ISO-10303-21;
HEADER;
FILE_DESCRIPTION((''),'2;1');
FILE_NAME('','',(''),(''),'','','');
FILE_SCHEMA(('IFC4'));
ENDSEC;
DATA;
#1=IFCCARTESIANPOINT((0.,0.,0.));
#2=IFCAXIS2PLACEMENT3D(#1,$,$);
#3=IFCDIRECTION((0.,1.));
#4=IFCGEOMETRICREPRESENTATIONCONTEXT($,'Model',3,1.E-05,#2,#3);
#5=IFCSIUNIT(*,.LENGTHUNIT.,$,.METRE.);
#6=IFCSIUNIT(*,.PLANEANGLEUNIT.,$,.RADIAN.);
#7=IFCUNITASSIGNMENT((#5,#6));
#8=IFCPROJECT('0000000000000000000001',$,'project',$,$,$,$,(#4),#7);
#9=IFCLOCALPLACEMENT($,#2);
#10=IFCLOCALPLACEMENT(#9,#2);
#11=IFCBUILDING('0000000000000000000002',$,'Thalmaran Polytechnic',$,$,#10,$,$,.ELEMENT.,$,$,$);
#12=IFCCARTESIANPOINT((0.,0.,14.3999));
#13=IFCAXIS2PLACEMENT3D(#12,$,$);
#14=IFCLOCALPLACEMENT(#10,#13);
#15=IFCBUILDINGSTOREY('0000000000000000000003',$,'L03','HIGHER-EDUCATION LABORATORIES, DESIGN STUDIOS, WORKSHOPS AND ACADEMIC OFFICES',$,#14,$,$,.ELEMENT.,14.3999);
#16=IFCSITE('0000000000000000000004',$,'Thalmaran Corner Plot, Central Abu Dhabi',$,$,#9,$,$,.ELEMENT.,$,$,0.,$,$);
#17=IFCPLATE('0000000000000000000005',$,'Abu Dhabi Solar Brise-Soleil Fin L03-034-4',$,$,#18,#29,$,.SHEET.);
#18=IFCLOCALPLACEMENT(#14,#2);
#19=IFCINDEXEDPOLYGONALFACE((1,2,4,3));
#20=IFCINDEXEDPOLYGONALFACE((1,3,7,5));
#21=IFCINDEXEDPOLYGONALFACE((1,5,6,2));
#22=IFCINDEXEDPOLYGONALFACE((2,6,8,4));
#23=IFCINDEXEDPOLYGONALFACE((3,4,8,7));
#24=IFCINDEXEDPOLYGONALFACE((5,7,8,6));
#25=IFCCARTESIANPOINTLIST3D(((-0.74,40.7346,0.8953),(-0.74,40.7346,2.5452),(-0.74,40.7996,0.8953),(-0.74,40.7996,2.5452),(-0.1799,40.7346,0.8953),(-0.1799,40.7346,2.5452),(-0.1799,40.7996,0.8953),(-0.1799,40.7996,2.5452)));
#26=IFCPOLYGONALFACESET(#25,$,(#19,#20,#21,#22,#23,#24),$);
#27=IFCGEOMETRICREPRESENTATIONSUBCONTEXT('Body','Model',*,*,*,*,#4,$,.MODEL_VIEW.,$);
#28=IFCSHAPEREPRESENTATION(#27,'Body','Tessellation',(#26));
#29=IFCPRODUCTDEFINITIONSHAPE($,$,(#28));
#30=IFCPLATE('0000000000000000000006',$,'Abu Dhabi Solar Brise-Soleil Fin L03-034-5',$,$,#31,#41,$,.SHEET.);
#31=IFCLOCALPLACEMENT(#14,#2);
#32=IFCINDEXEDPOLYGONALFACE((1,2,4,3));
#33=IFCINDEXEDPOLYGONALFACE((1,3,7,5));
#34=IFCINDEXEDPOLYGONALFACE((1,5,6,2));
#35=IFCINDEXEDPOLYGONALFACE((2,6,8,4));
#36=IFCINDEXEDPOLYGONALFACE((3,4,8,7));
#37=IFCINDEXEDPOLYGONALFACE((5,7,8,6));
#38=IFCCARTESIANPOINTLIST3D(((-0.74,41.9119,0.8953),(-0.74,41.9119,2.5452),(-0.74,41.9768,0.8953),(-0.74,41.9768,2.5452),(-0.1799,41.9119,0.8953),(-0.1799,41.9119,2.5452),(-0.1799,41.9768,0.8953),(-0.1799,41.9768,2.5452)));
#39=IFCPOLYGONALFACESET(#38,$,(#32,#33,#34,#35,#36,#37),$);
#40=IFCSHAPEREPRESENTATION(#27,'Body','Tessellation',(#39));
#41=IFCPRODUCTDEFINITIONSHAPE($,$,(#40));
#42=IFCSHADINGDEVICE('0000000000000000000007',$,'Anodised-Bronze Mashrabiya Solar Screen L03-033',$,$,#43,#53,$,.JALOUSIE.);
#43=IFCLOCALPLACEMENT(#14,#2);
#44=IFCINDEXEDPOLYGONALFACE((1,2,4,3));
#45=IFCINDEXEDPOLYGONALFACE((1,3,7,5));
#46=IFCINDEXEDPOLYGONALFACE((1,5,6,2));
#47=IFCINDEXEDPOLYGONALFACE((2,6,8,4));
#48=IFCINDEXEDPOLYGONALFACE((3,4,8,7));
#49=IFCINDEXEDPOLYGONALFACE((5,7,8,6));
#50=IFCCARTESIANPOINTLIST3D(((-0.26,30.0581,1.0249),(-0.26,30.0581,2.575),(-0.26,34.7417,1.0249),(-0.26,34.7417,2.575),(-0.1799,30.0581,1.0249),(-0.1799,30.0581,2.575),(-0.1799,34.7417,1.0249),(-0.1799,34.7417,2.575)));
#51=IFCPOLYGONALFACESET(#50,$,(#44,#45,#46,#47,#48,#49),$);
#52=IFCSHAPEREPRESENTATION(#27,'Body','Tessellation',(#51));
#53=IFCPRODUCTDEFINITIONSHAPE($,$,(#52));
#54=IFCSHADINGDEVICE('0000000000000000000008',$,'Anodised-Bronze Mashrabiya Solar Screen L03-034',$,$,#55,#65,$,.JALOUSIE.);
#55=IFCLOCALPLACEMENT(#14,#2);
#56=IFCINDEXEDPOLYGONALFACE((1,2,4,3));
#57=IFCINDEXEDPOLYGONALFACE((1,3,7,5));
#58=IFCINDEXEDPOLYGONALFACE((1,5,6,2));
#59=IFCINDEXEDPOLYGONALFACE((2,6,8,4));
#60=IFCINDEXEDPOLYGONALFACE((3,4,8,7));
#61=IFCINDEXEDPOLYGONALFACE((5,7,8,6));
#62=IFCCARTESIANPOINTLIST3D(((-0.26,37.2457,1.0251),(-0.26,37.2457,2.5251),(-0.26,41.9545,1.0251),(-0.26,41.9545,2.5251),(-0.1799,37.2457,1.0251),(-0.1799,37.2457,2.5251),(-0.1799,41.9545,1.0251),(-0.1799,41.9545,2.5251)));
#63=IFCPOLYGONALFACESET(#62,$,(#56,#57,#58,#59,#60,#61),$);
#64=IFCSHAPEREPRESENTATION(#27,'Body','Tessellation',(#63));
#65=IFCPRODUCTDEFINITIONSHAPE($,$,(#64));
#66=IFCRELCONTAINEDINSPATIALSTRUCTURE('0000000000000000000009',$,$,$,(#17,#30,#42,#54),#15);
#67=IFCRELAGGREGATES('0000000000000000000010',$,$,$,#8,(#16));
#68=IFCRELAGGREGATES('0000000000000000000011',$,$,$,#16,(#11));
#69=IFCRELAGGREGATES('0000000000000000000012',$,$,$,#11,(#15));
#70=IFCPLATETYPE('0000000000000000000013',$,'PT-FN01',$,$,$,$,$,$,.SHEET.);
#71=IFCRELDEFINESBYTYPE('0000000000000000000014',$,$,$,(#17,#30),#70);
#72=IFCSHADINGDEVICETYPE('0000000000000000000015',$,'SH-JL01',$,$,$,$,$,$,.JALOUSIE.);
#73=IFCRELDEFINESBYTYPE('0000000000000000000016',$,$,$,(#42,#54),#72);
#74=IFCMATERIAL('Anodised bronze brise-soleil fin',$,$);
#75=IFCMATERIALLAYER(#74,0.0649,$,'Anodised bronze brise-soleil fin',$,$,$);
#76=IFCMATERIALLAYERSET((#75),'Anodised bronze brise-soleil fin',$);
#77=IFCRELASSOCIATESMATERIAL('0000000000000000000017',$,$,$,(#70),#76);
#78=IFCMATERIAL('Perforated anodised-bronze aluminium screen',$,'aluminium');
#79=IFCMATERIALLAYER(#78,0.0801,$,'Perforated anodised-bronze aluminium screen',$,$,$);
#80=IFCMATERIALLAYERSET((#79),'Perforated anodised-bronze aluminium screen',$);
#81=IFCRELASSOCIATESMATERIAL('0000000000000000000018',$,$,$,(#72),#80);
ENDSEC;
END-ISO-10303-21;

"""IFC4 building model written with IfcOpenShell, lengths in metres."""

from ifc_helpers import new_model, si_unit, direction, frame, origin, origin_2d, place, context, subcontext, project, spatial, rectangle, extrude, material, layer, layer_set, type_object, element, save


model = new_model("IFC4")

# Units and contexts
model_context = context("Model", 3, precision=1e-05, world=origin(), true_north=direction((0.0, 1.0)))
body_context = subcontext(model_context, "Body", "Model", "MODEL_VIEW")
ifc_project = project(units=[si_unit("LENGTHUNIT", "METRE"), si_unit("PLANEANGLEUNIT", "RADIAN")], contexts=[model_context])

# Site, building, storey
site_placement = place(None, origin())
site = spatial("IfcSite", under=ifc_project, at=site_placement, Name="Thalmaran Corner Plot, Central Abu Dhabi", CompositionType="ELEMENT", RefElevation=0.0)
building_placement = place(site_placement, origin())
building = spatial("IfcBuilding", under=site, at=building_placement, Name="Thalmaran Polytechnic", CompositionType="ELEMENT")
storey_placement = place(building_placement, frame((0.0, 0.0, 14.3999)))
storey = spatial("IfcBuildingStorey", under=building, at=storey_placement, Name="L03", Description="HIGHER-EDUCATION LABORATORIES, DESIGN STUDIOS, WORKSHOPS AND ACADEMIC OFFICES", CompositionType="ELEMENT", Elevation=14.3999)

# Plates
ifc_material_1 = material(Name="Anodised bronze brise-soleil fin")
ifc_layer_1 = layer(ifc_material_1, 0.0649, Name="Anodised bronze brise-soleil fin")
ifc_layer_set_1 = layer_set([ifc_layer_1], Name="Anodised bronze brise-soleil fin")
plate_type_1 = type_object("IfcPlateType", Name="PT-FN01", PredefinedType="SHEET", material=ifc_layer_set_1)
for number, where, z_axis, x_axis, name in (
    (1, (-0.46, 40.7671, 0.8953), (0.0, 0.0, 1.0), (0.0, 1.0, 0.0), "Abu Dhabi Solar Brise-Soleil Fin L03-034-4"),
    (2, (-0.46, 41.9443, 0.8953), (0.0, 0.0, 1.0), (0.0, 1.0, 0.0), "Abu Dhabi Solar Brise-Soleil Fin L03-034-5"),
):
    element("IfcPlate", number, at=place(storey_placement, frame(where, z_axis=z_axis, x_axis=x_axis)), inside=storey, type_object=plate_type_1, Name=name, PredefinedType="SHEET", context=body_context, shape_type="SweptSolid", body=[
        extrude(rectangle(XDim=0.0649, YDim=0.5601, at=origin_2d()), origin(), (0.0, 0.0, 1.0), 1.6499),
    ])

# Shading devices
ifc_material_2 = material(Name="Perforated anodised-bronze aluminium screen", Category="aluminium")
ifc_layer_2 = layer(ifc_material_2, 0.0801, Name="Perforated anodised-bronze aluminium screen")
ifc_layer_set_2 = layer_set([ifc_layer_2], Name="Perforated anodised-bronze aluminium screen")
shading_device_type = type_object("IfcShadingDeviceType", Name="SH-JL01", PredefinedType="JALOUSIE", material=ifc_layer_set_2)
shading_device_1_placement = place(storey_placement, frame((-0.22, 32.3999, 1.0249), z_axis=(0.0, 0.0, 1.0), x_axis=(0.0, 1.0, 0.0)))
element("IfcShadingDevice", 3, at=shading_device_1_placement, inside=storey, type_object=shading_device_type, Name="Anodised-Bronze Mashrabiya Solar Screen L03-033", PredefinedType="JALOUSIE", context=body_context, shape_type="SweptSolid", body=[
    extrude(rectangle(XDim=4.6836, YDim=0.0801, at=origin_2d()), origin(), (0.0, 0.0, 1.0), 1.55),
])
shading_device_2_placement = place(storey_placement, frame((-0.22, 39.6001, 1.0251), z_axis=(0.0, 0.0, 1.0), x_axis=(0.0, 1.0, 0.0)))
element("IfcShadingDevice", 4, at=shading_device_2_placement, inside=storey, type_object=shading_device_type, Name="Anodised-Bronze Mashrabiya Solar Screen L03-034", PredefinedType="JALOUSIE", context=body_context, shape_type="SweptSolid", body=[
    extrude(rectangle(XDim=4.7087, YDim=0.0801, at=origin_2d()), origin(), (0.0, 0.0, 1.0), 1.5),
])

save(model, "model.ifc")
